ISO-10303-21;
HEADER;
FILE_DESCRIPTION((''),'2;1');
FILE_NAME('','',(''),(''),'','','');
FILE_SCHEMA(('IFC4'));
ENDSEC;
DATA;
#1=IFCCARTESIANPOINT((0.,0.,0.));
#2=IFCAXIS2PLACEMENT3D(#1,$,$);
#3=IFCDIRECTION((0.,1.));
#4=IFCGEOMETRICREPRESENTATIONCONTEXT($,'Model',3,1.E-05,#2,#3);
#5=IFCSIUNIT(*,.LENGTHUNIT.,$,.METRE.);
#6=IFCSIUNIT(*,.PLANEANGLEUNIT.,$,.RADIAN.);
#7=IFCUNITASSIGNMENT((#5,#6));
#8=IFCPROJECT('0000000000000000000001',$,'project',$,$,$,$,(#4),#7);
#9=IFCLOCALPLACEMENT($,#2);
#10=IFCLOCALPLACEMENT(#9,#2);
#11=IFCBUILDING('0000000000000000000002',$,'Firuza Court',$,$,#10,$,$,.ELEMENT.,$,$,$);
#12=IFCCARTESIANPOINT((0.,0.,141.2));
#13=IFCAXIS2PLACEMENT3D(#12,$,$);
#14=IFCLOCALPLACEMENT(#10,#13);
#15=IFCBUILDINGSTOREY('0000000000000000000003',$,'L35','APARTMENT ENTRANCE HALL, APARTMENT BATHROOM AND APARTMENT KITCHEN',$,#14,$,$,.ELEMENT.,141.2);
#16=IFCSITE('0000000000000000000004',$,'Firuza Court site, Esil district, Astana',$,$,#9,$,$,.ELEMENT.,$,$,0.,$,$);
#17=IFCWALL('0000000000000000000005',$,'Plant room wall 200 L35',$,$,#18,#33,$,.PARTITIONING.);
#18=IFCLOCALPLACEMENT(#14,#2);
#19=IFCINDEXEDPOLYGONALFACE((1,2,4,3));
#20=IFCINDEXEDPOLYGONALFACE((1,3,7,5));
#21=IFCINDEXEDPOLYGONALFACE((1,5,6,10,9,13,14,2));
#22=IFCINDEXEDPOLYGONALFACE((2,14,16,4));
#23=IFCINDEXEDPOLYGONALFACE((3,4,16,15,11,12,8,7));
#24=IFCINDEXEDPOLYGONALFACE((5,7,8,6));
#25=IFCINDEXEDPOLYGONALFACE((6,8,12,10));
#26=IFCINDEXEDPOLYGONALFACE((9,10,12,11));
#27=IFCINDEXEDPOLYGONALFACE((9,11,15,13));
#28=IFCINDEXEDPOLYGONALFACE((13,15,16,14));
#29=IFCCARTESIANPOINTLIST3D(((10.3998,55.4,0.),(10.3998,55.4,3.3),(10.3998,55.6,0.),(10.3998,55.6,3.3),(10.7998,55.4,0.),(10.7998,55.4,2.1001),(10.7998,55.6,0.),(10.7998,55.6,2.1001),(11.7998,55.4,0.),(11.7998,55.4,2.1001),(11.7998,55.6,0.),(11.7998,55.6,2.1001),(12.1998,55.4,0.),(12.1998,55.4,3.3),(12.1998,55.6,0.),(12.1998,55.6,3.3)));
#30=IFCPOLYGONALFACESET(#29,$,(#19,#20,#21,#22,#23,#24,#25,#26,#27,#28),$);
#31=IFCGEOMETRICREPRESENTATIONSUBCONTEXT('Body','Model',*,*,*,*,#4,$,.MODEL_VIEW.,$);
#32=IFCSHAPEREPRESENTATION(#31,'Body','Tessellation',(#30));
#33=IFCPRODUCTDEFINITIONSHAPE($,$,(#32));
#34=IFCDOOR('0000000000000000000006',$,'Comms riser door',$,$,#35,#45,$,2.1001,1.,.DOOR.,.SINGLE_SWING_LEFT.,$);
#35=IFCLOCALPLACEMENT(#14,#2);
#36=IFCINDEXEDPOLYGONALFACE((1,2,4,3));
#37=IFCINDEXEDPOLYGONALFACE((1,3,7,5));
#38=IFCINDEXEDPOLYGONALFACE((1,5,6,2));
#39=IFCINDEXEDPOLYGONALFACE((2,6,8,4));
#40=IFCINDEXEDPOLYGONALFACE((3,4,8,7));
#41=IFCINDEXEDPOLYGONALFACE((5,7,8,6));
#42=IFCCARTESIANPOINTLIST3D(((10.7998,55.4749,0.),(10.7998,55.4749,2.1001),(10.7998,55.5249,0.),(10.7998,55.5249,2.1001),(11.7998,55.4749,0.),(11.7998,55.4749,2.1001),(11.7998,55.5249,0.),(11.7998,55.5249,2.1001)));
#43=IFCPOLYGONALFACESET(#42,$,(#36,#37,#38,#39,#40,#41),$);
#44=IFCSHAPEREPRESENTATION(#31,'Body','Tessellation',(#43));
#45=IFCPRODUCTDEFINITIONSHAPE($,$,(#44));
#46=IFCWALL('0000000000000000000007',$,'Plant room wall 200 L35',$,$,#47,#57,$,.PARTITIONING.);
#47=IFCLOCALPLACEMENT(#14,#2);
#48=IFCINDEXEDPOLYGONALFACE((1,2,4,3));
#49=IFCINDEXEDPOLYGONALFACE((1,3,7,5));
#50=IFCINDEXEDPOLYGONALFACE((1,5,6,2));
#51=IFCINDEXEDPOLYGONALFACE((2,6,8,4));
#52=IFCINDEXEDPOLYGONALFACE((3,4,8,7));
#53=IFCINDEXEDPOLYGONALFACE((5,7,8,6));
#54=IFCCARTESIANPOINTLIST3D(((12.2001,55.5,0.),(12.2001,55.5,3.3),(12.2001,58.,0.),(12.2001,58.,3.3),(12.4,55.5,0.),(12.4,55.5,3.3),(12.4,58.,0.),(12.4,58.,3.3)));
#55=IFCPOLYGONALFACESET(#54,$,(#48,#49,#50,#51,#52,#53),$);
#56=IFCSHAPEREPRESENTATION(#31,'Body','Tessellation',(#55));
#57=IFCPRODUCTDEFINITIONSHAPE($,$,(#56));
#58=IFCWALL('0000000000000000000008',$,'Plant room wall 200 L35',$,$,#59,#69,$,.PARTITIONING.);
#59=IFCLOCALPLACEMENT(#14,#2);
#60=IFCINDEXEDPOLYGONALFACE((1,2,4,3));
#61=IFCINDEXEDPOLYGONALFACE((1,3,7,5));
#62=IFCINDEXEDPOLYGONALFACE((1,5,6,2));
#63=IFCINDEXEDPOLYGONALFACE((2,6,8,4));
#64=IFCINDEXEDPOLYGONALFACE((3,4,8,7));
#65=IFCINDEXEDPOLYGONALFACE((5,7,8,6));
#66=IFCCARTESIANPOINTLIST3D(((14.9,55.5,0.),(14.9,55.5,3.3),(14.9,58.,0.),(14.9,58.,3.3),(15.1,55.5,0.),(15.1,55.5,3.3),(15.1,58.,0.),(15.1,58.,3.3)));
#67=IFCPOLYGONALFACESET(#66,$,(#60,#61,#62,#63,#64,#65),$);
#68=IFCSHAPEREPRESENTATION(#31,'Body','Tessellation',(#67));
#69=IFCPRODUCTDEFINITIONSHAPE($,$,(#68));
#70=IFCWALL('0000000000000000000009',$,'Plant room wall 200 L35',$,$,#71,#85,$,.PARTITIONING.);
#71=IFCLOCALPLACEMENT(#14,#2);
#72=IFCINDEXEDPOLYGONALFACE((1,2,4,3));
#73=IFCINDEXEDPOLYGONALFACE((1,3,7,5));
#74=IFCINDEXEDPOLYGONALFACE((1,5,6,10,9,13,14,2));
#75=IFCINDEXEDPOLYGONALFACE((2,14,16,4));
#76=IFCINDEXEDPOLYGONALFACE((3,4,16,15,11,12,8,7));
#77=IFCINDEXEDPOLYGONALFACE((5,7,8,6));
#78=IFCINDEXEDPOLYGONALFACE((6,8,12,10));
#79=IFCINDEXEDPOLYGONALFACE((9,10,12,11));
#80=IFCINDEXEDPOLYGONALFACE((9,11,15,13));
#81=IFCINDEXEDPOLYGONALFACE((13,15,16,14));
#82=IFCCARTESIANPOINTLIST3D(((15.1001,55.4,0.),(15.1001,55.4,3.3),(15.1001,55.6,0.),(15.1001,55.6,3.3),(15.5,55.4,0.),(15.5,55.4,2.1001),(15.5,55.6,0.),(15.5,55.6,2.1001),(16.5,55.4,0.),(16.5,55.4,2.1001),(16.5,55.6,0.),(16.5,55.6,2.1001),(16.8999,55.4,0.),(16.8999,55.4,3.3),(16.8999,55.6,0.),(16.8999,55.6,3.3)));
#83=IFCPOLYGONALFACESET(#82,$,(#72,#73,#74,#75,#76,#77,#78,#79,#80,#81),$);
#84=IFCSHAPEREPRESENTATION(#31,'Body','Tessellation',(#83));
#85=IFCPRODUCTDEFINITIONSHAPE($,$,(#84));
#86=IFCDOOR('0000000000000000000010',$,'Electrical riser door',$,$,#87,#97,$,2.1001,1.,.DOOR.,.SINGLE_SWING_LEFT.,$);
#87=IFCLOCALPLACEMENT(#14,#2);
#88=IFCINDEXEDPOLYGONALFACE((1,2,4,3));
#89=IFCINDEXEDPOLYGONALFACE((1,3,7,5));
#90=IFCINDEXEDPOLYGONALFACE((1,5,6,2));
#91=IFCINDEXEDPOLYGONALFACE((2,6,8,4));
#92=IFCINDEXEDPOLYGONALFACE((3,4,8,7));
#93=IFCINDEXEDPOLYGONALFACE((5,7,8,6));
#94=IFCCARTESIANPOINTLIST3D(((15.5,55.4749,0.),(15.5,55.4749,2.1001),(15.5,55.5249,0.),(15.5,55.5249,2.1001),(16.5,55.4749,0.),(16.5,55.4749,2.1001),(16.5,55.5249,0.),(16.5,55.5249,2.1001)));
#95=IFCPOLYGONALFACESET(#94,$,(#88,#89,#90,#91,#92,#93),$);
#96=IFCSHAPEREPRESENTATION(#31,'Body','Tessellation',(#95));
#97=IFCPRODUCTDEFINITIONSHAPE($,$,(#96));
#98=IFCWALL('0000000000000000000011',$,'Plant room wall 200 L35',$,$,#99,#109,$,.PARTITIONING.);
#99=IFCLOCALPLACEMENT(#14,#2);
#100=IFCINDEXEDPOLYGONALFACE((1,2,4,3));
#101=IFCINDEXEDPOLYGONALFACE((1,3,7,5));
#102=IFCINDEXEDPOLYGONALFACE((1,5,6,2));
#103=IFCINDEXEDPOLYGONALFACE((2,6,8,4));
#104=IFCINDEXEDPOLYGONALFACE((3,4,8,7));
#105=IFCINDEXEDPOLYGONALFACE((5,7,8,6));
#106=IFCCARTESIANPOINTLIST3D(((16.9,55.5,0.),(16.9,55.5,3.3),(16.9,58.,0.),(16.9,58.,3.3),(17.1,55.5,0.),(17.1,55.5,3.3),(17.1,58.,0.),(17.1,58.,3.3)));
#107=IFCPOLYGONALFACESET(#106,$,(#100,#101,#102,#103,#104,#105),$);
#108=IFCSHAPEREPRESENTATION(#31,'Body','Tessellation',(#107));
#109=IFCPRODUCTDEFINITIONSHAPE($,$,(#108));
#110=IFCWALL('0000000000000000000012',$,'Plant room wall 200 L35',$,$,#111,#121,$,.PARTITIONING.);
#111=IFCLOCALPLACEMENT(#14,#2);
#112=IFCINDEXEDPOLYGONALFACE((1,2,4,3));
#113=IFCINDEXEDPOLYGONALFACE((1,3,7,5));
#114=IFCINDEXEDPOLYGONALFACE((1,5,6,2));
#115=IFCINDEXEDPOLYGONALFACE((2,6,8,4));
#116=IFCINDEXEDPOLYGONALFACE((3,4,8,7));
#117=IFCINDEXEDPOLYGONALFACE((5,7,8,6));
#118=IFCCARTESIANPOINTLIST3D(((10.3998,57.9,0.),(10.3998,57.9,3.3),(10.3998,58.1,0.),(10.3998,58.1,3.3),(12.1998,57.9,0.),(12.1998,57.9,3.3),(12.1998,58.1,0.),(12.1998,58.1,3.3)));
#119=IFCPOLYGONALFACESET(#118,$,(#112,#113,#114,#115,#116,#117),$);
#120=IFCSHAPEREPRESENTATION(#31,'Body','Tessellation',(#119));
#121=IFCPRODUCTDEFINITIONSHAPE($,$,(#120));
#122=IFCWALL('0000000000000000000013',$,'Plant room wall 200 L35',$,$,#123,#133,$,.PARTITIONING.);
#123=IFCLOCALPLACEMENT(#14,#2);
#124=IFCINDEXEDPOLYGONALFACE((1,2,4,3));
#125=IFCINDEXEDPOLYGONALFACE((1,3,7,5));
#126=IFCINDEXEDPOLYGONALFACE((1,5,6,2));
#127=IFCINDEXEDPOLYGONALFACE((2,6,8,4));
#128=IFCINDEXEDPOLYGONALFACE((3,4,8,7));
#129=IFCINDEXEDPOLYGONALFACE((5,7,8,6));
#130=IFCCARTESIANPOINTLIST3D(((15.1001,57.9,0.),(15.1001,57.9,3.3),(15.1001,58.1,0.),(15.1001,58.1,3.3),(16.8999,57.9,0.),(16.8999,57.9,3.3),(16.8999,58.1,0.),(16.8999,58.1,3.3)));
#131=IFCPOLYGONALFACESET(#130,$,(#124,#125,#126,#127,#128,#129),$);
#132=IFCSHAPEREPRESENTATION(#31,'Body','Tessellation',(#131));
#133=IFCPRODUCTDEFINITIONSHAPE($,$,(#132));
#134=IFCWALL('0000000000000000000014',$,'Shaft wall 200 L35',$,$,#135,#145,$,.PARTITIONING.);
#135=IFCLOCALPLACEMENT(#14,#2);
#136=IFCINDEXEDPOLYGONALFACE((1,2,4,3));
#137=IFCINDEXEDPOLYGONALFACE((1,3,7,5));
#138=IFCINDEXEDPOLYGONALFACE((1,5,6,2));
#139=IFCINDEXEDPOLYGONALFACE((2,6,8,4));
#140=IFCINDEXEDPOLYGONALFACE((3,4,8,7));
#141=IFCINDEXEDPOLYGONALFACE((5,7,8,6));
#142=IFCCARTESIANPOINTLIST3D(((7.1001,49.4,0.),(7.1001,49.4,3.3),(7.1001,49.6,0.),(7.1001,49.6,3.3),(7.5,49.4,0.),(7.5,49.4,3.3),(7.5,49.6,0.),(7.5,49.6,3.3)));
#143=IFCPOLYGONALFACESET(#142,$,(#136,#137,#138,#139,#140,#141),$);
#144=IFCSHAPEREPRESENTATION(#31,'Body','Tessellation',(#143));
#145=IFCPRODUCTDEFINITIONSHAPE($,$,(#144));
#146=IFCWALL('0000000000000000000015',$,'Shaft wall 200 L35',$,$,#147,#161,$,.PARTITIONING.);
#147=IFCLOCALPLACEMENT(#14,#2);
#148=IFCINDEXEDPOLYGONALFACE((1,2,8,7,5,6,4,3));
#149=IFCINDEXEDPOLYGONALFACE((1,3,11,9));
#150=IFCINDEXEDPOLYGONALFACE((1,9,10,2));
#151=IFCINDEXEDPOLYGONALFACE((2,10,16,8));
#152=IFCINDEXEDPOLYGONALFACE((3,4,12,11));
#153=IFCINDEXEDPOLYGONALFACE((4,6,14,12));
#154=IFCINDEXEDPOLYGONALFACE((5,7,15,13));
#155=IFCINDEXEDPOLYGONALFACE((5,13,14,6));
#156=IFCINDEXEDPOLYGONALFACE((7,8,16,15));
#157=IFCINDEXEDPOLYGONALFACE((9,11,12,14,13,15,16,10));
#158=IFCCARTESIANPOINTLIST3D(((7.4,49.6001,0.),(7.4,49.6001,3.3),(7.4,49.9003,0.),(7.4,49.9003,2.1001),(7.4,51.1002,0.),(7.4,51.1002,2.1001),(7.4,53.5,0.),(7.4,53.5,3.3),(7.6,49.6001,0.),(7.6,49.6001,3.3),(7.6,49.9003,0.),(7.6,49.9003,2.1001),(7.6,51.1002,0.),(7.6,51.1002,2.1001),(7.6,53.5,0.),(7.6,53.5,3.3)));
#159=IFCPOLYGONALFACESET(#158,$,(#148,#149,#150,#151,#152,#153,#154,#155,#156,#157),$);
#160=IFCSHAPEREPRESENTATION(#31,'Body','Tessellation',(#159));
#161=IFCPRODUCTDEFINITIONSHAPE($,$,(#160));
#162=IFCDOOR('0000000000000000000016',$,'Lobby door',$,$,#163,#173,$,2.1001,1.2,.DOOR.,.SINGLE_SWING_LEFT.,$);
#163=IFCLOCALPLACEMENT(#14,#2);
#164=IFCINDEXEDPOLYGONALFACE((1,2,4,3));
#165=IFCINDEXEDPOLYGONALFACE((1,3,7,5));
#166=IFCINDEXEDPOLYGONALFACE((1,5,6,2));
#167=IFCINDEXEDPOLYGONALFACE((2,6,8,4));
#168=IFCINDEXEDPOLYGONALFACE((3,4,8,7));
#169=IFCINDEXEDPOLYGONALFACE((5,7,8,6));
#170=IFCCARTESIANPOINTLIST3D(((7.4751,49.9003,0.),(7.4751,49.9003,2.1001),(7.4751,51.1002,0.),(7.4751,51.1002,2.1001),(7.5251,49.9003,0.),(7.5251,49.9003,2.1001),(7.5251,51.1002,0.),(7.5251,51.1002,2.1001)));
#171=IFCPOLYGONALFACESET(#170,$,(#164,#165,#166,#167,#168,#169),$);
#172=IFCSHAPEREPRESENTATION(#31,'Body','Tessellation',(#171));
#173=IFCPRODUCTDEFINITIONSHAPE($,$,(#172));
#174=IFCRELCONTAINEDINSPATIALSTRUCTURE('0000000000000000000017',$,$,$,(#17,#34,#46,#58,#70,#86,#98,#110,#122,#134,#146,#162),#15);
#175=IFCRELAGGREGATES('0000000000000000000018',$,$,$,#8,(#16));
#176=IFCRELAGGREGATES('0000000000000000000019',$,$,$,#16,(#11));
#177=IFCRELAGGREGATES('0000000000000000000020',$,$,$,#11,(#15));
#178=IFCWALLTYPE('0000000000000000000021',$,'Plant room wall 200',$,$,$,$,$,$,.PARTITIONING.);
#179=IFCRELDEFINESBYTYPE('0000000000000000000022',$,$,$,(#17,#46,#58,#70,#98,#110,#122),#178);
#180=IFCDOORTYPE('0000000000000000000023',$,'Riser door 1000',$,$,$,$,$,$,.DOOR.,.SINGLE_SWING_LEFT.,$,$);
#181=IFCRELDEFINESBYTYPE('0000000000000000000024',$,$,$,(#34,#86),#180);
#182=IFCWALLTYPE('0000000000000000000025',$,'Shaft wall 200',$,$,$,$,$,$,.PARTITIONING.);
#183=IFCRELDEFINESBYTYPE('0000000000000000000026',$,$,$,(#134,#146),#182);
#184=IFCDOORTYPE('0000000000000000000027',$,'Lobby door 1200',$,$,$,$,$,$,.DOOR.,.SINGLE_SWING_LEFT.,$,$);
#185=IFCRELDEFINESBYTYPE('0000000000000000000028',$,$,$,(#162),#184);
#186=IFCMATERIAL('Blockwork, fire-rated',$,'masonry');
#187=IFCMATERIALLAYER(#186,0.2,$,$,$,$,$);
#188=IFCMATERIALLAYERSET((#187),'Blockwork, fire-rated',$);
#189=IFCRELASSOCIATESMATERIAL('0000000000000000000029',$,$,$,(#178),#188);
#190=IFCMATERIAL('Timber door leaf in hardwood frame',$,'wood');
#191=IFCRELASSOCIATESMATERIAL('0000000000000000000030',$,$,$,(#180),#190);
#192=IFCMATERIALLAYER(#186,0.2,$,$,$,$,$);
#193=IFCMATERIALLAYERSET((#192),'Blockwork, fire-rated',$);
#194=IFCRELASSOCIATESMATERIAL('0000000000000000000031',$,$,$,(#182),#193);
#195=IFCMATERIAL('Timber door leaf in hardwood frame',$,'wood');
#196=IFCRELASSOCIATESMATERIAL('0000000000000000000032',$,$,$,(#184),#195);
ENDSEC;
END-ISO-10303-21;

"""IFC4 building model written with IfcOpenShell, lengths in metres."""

from ifc_helpers import new_model, si_unit, direction, frame, frame_2d, origin, place, context, subcontext, project, spatial, rectangle, extrude, material, layer, layer_set, type_object, element, fill, save


model = new_model("IFC4")

# Units and contexts
model_context = context("Model", 3, precision=1e-05, world=origin(), true_north=direction((0.0, 1.0)))
body_context = subcontext(model_context, "Body", "Model", "MODEL_VIEW")
ifc_project = project(units=[si_unit("LENGTHUNIT", "METRE"), si_unit("PLANEANGLEUNIT", "RADIAN")], contexts=[model_context])

# Site, building, storey
site_placement = place(None, origin())
site = spatial("IfcSite", under=ifc_project, at=site_placement, Name="Firuza Court site, Esil district, Astana", CompositionType="ELEMENT", RefElevation=0.0)
building_placement = place(site_placement, origin())
building = spatial("IfcBuilding", under=site, at=building_placement, Name="Firuza Court", CompositionType="ELEMENT")
storey_placement = place(building_placement, frame((0.0, 0.0, 141.2)))
storey = spatial("IfcBuildingStorey", under=building, at=storey_placement, Name="L35", Description="APARTMENT ENTRANCE HALL, APARTMENT BATHROOM AND APARTMENT KITCHEN", CompositionType="ELEMENT", Elevation=141.2)

# Shared definitions
ifc_material_1 = material(Name="Blockwork, fire-rated", Category="masonry")
ifc_layer_1 = layer(ifc_material_1, 0.2)
ifc_layer_set_1 = layer_set([ifc_layer_1], Name="Blockwork, fire-rated")
wall_type_1 = type_object("IfcWallType", Name="Plant room wall 200", PredefinedType="PARTITIONING", material=ifc_layer_set_1)

# Wall, opening, door
wall_1_placement = place(storey_placement, frame((10.3999, 55.5, 0.0), z_axis=(0.0, 0.0, 1.0), x_axis=(1.0, 0.0, 0.0)))
wall_1 = element("IfcWall", 1, at=wall_1_placement, inside=storey, type_object=wall_type_1, Name="Plant room wall 200 L35", PredefinedType="PARTITIONING", context=body_context, shape_type="SweptSolid", body=[
    extrude(rectangle(XDim=1.8, YDim=0.2, at=frame_2d((0.8999, 0.0))), origin(), (0.0, 0.0, 1.0), 3.3),
])
opening_1_placement = place(wall_1_placement, frame((0.3999, 0.0, 0.0)))
opening_1 = element("IfcOpeningElement", 2, at=opening_1_placement, cuts=wall_1, PredefinedType="OPENING", context=body_context, shape_type="SweptSolid", body=[
    extrude(rectangle(XDim=1.0, YDim=2.1001, at=frame_2d((0.5, 1.05))), frame((0.0, 0.1118, 0.0), z_axis=(0.0, -1.0, 0.0), x_axis=(1.0, 0.0, 0.0)), (0.0, 0.0, 1.0), 0.2239),
])
ifc_material_2 = material(Name="Timber door leaf in hardwood frame", Category="wood")
door_type_1 = type_object("IfcDoorType", Name="Riser door 1000", OperationType="SINGLE_SWING_LEFT", PredefinedType="DOOR", material=ifc_material_2)
door_1_placement = place(opening_1_placement, origin())
door_1 = element("IfcDoor", 3, at=door_1_placement, inside=storey, type_object=door_type_1, Name="Comms riser door", OperationType="SINGLE_SWING_LEFT", OverallHeight=2.1001, OverallWidth=1.0, PredefinedType="DOOR", context=body_context, shape_type="SweptSolid", body=[
    extrude(rectangle(XDim=1.0, YDim=2.1001, at=frame_2d((0.5, 1.05))), frame((0.0, 0.0249, 0.0), z_axis=(0.0, -1.0, 0.0), x_axis=(1.0, 0.0, 0.0)), (0.0, 0.0, 1.0), 0.05),
])
fill(opening_1, door_1)

# Walls
for number, where, z_axis, x_axis, name in (
    (4, (12.3, 55.5, 0.0), (0.0, 0.0, 1.0), (0.0, 1.0, 0.0), "Plant room wall 200 L35"),
    (5, (15.0, 55.5, 0.0), (0.0, 0.0, 1.0), (0.0, 1.0, 0.0), "Plant room wall 200 L35"),
):
    element("IfcWall", number, at=place(storey_placement, frame(where, z_axis=z_axis, x_axis=x_axis)), inside=storey, type_object=wall_type_1, Name=name, PredefinedType="PARTITIONING", context=body_context, shape_type="SweptSolid", body=[
        extrude(rectangle(XDim=2.5, YDim=0.2, at=frame_2d((1.25, 0.0))), origin(), (0.0, 0.0, 1.0), 3.3),
    ])

# Wall, opening, door
wall_2_placement = place(storey_placement, frame((15.1001, 55.5, 0.0), z_axis=(0.0, 0.0, 1.0), x_axis=(1.0, 0.0, 0.0)))
wall_2 = element("IfcWall", 6, at=wall_2_placement, inside=storey, type_object=wall_type_1, Name="Plant room wall 200 L35", PredefinedType="PARTITIONING", context=body_context, shape_type="SweptSolid", body=[
    extrude(rectangle(XDim=1.7998, YDim=0.2, at=frame_2d((0.8999, 0.0))), origin(), (0.0, 0.0, 1.0), 3.3),
])
opening_2_placement = place(wall_2_placement, frame((0.3999, 0.0, 0.0)))
opening_2 = element("IfcOpeningElement", 7, at=opening_2_placement, cuts=wall_2, PredefinedType="OPENING", context=body_context, shape_type="SweptSolid", body=[
    extrude(rectangle(XDim=1.0, YDim=2.1001, at=frame_2d((0.5, 1.05))), frame((0.0, 0.1118, 0.0), z_axis=(0.0, -1.0, 0.0), x_axis=(1.0, 0.0, 0.0)), (0.0, 0.0, 1.0), 0.2239),
])
door_2_placement = place(opening_2_placement, origin())
door_2 = element("IfcDoor", 8, at=door_2_placement, inside=storey, type_object=door_type_1, Name="Electrical riser door", OperationType="SINGLE_SWING_LEFT", OverallHeight=2.1001, OverallWidth=1.0, PredefinedType="DOOR", context=body_context, shape_type="SweptSolid", body=[
    extrude(rectangle(XDim=1.0, YDim=2.1001, at=frame_2d((0.5, 1.05))), frame((0.0, 0.0249, 0.0), z_axis=(0.0, -1.0, 0.0), x_axis=(1.0, 0.0, 0.0)), (0.0, 0.0, 1.0), 0.05),
])
fill(opening_2, door_2)

# Walls
wall_3_placement = place(storey_placement, frame((17.0, 55.5, 0.0), z_axis=(0.0, 0.0, 1.0), x_axis=(0.0, 1.0, 0.0)))
element("IfcWall", 9, at=wall_3_placement, inside=storey, type_object=wall_type_1, Name="Plant room wall 200 L35", PredefinedType="PARTITIONING", context=body_context, shape_type="SweptSolid", body=[
    extrude(rectangle(XDim=2.5, YDim=0.2, at=frame_2d((1.25, 0.0))), origin(), (0.0, 0.0, 1.0), 3.3),
])
wall_4_placement = place(storey_placement, frame((10.3999, 58.0, 0.0), z_axis=(0.0, 0.0, 1.0), x_axis=(1.0, 0.0, 0.0)))
element("IfcWall", 10, at=wall_4_placement, inside=storey, type_object=wall_type_1, Name="Plant room wall 200 L35", PredefinedType="PARTITIONING", context=body_context, shape_type="SweptSolid", body=[
    extrude(rectangle(XDim=1.8, YDim=0.2, at=frame_2d((0.8999, 0.0))), origin(), (0.0, 0.0, 1.0), 3.3),
])
wall_5_placement = place(storey_placement, frame((15.1001, 58.0, 0.0), z_axis=(0.0, 0.0, 1.0), x_axis=(1.0, 0.0, 0.0)))
element("IfcWall", 11, at=wall_5_placement, inside=storey, type_object=wall_type_1, Name="Plant room wall 200 L35", PredefinedType="PARTITIONING", context=body_context, shape_type="SweptSolid", body=[
    extrude(rectangle(XDim=1.7998, YDim=0.2, at=frame_2d((0.8999, 0.0))), origin(), (0.0, 0.0, 1.0), 3.3),
])
ifc_layer_2 = layer(ifc_material_1, 0.2)
ifc_layer_set_2 = layer_set([ifc_layer_2], Name="Blockwork, fire-rated")
wall_type_2 = type_object("IfcWallType", Name="Shaft wall 200", PredefinedType="PARTITIONING", material=ifc_layer_set_2)
wall_6_placement = place(storey_placement, frame((7.1001, 49.5, 0.0), z_axis=(0.0, 0.0, 1.0), x_axis=(1.0, 0.0, 0.0)))
element("IfcWall", 12, at=wall_6_placement, inside=storey, type_object=wall_type_2, Name="Shaft wall 200 L35", PredefinedType="PARTITIONING", context=body_context, shape_type="SweptSolid", body=[
    extrude(rectangle(XDim=0.3999, YDim=0.2, at=frame_2d((0.2, 0.0))), origin(), (0.0, 0.0, 1.0), 3.3),
])

# Wall, opening, door
wall_7_placement = place(storey_placement, frame((7.5, 49.6001, 0.0), z_axis=(0.0, 0.0, 1.0), x_axis=(0.0, 1.0, 0.0)))
wall_7 = element("IfcWall", 13, at=wall_7_placement, inside=storey, type_object=wall_type_2, Name="Shaft wall 200 L35", PredefinedType="PARTITIONING", context=body_context, shape_type="SweptSolid", body=[
    extrude(rectangle(XDim=3.8999, YDim=0.2, at=frame_2d((1.95, 0.0))), origin(), (0.0, 0.0, 1.0), 3.3),
])
opening_3_placement = place(wall_7_placement, frame((0.3, 0.0, 0.0)))
opening_3 = element("IfcOpeningElement", 14, at=opening_3_placement, cuts=wall_7, PredefinedType="OPENING", context=body_context, shape_type="SweptSolid", body=[
    extrude(rectangle(XDim=1.2, YDim=2.1001, at=frame_2d((0.6001, 1.05))), frame((0.0, 0.1118, 0.0), z_axis=(0.0, -1.0, 0.0), x_axis=(1.0, 0.0, 0.0)), (0.0, 0.0, 1.0), 0.2239),
])
ifc_material_3 = material(Name="Timber door leaf in hardwood frame", Category="wood")
door_type_2 = type_object("IfcDoorType", Name="Lobby door 1200", OperationType="SINGLE_SWING_LEFT", PredefinedType="DOOR", material=ifc_material_3)
door_3_placement = place(opening_3_placement, origin())
door_3 = element("IfcDoor", 15, at=door_3_placement, inside=storey, type_object=door_type_2, Name="Lobby door", OperationType="SINGLE_SWING_LEFT", OverallHeight=2.1001, OverallWidth=1.2, PredefinedType="DOOR", context=body_context, shape_type="SweptSolid", body=[
    extrude(rectangle(XDim=1.2, YDim=2.1001, at=frame_2d((0.6001, 1.05))), frame((0.0, 0.0249, 0.0), z_axis=(0.0, -1.0, 0.0), x_axis=(1.0, 0.0, 0.0)), (0.0, 0.0, 1.0), 0.05),
])
fill(opening_3, door_3)

save(model, "model.ifc")
